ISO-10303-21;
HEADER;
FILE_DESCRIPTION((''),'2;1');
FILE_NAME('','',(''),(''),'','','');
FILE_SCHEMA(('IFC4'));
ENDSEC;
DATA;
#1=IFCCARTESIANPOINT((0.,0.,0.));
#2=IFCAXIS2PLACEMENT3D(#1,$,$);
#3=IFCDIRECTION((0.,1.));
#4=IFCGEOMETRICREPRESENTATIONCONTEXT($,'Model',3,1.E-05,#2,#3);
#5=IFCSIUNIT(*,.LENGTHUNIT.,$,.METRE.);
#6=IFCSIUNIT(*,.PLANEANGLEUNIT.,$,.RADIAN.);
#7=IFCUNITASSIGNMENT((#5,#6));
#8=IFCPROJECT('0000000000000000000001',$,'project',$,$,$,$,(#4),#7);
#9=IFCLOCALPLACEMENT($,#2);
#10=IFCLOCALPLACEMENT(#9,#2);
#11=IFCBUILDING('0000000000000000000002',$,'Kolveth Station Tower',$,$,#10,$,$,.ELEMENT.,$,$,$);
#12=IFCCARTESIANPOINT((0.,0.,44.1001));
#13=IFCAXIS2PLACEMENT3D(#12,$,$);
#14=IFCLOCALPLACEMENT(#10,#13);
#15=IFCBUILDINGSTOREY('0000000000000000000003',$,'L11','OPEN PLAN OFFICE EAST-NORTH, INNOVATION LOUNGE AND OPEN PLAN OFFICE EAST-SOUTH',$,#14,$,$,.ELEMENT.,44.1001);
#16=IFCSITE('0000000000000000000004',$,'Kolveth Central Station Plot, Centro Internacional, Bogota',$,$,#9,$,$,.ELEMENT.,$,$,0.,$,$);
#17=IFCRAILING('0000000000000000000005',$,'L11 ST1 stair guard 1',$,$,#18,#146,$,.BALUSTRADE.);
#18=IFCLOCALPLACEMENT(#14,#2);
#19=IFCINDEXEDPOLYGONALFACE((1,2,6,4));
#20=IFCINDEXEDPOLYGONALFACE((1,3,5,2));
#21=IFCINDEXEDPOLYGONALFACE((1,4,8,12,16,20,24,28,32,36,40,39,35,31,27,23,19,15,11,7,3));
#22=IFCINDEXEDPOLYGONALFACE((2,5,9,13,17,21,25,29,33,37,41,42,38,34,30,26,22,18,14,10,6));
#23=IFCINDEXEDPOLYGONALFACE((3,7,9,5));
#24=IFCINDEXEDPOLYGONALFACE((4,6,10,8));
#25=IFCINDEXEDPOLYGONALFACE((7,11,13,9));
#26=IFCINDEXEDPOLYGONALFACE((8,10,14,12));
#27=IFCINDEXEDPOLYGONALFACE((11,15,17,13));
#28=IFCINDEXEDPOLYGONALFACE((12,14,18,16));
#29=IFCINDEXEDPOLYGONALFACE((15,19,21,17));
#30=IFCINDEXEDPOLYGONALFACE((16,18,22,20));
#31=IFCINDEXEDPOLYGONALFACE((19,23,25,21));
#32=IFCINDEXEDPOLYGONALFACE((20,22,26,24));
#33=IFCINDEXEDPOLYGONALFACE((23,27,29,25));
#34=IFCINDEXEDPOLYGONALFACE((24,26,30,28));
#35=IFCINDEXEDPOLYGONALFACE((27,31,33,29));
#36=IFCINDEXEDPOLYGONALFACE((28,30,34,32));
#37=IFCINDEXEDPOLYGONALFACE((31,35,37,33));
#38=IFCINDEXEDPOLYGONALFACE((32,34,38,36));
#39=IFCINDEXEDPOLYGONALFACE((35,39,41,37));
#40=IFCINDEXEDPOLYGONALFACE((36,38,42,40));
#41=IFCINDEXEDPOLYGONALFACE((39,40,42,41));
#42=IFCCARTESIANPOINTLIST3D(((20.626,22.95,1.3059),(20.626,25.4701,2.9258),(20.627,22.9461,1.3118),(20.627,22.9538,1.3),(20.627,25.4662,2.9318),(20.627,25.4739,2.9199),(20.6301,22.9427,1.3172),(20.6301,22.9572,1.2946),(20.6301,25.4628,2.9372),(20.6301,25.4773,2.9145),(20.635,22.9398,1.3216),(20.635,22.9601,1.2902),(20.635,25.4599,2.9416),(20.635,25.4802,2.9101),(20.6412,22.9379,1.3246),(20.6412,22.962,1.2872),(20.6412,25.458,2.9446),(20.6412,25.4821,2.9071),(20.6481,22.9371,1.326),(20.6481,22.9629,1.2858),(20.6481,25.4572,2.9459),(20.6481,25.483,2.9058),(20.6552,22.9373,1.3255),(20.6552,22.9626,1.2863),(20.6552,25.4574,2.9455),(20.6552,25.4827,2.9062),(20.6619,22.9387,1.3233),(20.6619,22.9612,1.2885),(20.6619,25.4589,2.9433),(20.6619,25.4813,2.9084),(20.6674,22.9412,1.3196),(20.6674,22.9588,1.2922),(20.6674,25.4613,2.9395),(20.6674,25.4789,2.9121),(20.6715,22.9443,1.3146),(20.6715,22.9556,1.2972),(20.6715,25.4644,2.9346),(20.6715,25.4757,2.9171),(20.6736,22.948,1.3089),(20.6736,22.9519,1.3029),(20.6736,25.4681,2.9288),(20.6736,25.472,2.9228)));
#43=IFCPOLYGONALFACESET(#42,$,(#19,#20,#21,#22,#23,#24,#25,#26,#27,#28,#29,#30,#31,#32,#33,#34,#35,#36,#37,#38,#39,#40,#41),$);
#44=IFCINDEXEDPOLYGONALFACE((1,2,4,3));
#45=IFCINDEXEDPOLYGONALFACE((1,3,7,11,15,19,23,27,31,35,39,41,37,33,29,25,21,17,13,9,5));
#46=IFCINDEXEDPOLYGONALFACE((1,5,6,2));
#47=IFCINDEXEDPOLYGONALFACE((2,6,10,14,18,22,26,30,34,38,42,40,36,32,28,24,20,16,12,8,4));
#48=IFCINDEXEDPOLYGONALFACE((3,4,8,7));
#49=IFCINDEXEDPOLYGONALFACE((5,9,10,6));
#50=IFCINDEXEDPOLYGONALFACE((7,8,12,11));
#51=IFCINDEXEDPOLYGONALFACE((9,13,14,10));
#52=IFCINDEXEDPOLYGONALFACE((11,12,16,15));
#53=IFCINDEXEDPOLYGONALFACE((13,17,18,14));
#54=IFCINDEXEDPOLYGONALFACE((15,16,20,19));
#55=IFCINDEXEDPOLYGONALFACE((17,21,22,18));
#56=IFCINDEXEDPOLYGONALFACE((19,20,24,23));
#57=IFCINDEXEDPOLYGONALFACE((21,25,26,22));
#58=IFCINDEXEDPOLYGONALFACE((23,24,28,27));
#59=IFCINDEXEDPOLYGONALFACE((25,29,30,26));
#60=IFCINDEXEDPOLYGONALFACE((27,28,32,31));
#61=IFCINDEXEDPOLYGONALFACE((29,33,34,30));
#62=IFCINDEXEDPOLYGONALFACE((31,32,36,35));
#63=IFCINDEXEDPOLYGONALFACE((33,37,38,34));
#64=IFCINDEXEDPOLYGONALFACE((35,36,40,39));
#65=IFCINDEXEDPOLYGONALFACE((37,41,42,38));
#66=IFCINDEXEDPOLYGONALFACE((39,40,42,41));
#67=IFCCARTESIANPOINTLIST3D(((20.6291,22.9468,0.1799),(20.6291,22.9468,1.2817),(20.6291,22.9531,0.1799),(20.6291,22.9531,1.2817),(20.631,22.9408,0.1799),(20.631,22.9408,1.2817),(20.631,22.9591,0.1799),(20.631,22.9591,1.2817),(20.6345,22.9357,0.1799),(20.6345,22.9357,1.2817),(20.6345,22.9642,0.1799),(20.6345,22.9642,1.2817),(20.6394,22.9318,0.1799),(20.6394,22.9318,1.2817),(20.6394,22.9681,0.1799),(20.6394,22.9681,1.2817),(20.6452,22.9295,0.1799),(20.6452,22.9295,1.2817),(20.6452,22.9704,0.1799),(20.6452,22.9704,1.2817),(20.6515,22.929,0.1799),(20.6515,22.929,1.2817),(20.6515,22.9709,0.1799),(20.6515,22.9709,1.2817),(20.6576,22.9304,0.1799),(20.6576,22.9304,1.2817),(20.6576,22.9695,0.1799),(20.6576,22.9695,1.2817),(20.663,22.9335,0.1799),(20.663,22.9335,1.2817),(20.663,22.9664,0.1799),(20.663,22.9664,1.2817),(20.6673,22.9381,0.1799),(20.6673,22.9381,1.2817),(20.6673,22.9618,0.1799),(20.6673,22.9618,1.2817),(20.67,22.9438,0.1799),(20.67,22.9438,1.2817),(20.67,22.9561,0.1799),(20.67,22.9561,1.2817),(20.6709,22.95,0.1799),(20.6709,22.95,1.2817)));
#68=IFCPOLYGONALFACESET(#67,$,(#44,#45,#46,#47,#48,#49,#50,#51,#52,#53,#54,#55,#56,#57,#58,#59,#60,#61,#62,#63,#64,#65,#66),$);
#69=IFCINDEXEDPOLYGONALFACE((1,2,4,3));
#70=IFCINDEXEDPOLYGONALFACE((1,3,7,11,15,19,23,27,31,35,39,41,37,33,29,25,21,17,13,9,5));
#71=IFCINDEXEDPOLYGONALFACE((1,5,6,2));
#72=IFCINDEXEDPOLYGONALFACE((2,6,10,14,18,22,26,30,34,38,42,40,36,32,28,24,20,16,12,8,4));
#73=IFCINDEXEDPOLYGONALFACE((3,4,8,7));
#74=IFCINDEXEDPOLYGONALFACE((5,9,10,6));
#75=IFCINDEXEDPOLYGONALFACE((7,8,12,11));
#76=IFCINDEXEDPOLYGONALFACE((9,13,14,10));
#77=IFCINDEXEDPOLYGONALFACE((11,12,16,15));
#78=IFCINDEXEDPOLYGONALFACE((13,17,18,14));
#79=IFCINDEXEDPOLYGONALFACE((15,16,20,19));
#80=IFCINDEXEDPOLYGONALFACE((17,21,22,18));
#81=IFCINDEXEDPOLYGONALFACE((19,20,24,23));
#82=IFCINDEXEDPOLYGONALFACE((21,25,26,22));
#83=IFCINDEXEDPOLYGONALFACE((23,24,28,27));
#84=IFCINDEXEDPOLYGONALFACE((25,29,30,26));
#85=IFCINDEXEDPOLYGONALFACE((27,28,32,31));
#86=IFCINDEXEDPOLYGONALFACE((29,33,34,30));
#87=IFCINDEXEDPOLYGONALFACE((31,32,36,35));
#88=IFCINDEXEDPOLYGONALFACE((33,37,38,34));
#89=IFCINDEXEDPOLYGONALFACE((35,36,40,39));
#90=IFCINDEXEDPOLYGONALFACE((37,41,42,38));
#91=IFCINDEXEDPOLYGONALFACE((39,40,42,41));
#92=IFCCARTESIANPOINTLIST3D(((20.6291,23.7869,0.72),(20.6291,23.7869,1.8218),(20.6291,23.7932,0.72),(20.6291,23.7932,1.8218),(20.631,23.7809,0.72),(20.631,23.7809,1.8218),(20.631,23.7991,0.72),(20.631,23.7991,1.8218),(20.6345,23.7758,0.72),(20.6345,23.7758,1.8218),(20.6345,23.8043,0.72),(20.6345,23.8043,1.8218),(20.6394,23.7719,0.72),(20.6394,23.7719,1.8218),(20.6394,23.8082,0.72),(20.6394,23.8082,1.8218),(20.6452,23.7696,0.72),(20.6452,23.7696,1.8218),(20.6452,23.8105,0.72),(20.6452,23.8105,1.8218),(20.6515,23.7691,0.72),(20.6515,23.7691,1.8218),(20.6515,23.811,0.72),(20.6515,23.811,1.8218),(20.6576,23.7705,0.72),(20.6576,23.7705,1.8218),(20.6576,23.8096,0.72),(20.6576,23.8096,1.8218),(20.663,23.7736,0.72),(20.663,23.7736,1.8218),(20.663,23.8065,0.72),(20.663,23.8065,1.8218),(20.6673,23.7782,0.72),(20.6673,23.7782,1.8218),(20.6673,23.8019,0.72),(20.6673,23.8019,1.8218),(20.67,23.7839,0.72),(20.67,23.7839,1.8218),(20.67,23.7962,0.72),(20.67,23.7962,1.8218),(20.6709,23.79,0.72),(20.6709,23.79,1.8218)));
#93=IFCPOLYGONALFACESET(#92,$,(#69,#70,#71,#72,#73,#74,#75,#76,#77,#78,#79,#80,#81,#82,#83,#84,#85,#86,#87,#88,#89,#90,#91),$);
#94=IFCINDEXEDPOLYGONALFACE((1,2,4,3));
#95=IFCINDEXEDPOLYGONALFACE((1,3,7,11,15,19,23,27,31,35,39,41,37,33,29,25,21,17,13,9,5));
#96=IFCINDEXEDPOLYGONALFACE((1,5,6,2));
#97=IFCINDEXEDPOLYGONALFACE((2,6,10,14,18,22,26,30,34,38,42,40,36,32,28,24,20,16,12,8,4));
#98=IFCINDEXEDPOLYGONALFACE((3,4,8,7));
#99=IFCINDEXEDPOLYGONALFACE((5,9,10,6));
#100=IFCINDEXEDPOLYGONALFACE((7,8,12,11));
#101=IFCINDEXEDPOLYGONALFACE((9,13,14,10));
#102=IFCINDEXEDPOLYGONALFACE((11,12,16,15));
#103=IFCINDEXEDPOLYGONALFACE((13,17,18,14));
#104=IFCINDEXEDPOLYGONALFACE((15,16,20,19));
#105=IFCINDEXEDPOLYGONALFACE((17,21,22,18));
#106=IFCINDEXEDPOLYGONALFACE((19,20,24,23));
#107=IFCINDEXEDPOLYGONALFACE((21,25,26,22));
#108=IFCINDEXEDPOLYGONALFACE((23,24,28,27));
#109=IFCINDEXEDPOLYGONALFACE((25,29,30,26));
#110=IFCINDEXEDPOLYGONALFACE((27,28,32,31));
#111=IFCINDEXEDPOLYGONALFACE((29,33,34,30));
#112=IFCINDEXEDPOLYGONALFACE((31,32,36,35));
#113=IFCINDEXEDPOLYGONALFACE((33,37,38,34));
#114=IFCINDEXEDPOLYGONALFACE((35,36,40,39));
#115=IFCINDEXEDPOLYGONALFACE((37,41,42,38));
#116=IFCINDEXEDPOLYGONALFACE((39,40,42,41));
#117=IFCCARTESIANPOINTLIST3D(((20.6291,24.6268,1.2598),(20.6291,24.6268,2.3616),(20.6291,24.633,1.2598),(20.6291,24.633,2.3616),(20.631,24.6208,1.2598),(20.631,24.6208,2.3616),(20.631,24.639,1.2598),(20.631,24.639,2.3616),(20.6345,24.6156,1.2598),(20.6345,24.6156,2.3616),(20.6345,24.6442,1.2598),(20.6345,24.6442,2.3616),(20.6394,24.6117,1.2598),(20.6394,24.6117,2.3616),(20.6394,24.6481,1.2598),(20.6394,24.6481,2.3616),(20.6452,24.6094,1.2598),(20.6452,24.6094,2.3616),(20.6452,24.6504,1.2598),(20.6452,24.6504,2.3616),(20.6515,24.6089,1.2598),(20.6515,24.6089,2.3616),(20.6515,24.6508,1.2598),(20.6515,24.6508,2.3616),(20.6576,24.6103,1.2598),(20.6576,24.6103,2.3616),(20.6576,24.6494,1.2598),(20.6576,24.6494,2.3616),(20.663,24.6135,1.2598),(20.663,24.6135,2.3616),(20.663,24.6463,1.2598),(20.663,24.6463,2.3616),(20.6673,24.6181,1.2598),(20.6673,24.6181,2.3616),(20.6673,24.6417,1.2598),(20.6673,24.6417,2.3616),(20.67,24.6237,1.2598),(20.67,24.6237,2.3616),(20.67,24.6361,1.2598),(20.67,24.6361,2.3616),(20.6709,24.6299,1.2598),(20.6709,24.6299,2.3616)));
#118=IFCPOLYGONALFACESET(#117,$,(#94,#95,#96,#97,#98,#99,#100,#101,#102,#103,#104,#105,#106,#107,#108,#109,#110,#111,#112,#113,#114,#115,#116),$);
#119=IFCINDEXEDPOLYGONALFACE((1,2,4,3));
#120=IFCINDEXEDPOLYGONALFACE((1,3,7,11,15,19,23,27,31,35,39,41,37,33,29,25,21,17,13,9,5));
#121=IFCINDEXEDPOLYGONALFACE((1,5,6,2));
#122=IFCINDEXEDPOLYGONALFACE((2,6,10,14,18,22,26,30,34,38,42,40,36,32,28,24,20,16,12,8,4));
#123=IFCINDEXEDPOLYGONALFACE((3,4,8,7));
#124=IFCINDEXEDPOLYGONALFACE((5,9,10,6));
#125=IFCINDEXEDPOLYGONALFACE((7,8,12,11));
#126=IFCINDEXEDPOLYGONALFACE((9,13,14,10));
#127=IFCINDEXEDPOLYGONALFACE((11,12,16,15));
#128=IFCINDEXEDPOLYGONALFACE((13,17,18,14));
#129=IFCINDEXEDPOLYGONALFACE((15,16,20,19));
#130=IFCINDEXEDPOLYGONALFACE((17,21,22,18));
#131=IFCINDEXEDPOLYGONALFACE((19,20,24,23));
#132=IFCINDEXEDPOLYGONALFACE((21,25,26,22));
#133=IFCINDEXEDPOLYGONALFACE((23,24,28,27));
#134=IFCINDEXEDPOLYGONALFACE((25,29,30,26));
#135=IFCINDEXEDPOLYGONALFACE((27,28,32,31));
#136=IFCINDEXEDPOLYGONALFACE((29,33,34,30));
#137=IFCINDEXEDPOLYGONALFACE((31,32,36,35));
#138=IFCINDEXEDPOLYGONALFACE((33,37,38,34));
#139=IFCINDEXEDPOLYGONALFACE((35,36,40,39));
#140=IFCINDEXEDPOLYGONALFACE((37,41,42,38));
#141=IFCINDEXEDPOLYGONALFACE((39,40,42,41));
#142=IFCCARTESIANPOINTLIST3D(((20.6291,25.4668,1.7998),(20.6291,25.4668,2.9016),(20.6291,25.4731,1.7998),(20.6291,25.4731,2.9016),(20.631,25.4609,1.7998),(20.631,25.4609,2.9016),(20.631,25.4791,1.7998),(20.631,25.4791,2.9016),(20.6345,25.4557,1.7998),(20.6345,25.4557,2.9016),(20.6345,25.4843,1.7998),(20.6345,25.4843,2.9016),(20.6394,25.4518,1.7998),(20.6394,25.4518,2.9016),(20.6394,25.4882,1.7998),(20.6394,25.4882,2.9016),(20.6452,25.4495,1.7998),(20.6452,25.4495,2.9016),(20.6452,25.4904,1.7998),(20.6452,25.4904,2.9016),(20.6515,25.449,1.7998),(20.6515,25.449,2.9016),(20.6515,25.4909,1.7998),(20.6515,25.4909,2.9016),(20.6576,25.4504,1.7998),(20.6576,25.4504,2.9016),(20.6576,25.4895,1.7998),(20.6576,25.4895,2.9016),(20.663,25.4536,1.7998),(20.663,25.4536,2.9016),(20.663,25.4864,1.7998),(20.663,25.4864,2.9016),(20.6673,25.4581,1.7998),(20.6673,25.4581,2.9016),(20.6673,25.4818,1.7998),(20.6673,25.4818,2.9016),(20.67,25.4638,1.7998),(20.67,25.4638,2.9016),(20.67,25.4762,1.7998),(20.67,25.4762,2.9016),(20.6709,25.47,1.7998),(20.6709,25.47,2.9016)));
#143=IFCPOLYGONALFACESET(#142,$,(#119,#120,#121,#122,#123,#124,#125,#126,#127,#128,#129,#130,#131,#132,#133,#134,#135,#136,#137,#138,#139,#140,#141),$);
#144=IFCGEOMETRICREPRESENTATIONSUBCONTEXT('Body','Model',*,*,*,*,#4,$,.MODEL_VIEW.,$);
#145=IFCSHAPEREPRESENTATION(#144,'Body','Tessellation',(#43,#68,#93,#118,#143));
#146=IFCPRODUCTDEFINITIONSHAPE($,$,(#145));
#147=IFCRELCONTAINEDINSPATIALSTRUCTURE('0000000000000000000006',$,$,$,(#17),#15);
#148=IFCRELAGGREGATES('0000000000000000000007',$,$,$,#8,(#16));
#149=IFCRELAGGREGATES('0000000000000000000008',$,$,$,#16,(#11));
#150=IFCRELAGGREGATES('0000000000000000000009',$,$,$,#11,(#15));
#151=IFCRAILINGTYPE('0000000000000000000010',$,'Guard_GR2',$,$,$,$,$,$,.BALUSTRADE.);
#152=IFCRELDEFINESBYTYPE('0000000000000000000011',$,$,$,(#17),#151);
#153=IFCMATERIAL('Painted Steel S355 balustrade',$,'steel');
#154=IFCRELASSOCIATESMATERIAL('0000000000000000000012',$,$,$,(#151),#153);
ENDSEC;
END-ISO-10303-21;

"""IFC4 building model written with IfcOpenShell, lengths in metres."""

from ifc_helpers import new_model, si_unit, direction, frame, origin, origin_2d, place, context, subcontext, project, spatial, circle, extrude, material, type_object, element, save


model = new_model("IFC4")

# Units and contexts
model_context = context("Model", 3, precision=1e-05, world=origin(), true_north=direction((0.0, 1.0)))
body_context = subcontext(model_context, "Body", "Model", "MODEL_VIEW")
ifc_project = project(units=[si_unit("LENGTHUNIT", "METRE"), si_unit("PLANEANGLEUNIT", "RADIAN")], contexts=[model_context])

# Site, building, storey
site_placement = place(None, origin())
site = spatial("IfcSite", under=ifc_project, at=site_placement, Name="Kolveth Central Station Plot, Centro Internacional, Bogota", CompositionType="ELEMENT", RefElevation=0.0)
building_placement = place(site_placement, origin())
building = spatial("IfcBuilding", under=site, at=building_placement, Name="Kolveth Station Tower", CompositionType="ELEMENT")
storey_placement = place(building_placement, frame((0.0, 0.0, 44.1001)))
storey = spatial("IfcBuildingStorey", under=building, at=storey_placement, Name="L11", Description="OPEN PLAN OFFICE EAST-NORTH, INNOVATION LOUNGE AND OPEN PLAN OFFICE EAST-SOUTH", CompositionType="ELEMENT", Elevation=44.1001)

# Railing
ifc_material_1 = material(Name="Painted Steel S355 balustrade", Category="steel")
railing_type_1 = type_object("IfcRailingType", Name="Guard_GR2", PredefinedType="BALUSTRADE", material=ifc_material_1)
railing_1_placement = place(storey_placement, frame((20.6499, 22.95, 0.1799)))
element("IfcRailing", 1, at=railing_1_placement, inside=storey, type_object=railing_type_1, Name="L11 ST1 stair guard 1", PredefinedType="BALUSTRADE", context=body_context, shape_type="SweptSolid", body=[
    extrude(circle(Radius=0.0239, at=origin_2d()), frame((0.0, 0.0, 1.126), z_axis=(0.0, 0.8412, 0.540725), x_axis=(-1.0, 0.0, 0.0)), (0.0, 0.0, 1.0), 2.9958),
    extrude(circle(Radius=0.021, at=origin_2d()), origin(), (0.0, 0.0, 1.0), 1.1018),
    extrude(circle(Radius=0.021, at=origin_2d()), frame((0.0, 0.8401, 0.54)), (0.0, 0.0, 1.0), 1.1018),
    extrude(circle(Radius=0.021, at=origin_2d()), frame((0.0, 1.6799, 1.0798)), (0.0, 0.0, 1.0), 1.1018),
    extrude(circle(Radius=0.021, at=origin_2d()), frame((0.0, 2.52, 1.6199)), (0.0, 0.0, 1.0), 1.1018),
])

save(model, "model.ifc")
